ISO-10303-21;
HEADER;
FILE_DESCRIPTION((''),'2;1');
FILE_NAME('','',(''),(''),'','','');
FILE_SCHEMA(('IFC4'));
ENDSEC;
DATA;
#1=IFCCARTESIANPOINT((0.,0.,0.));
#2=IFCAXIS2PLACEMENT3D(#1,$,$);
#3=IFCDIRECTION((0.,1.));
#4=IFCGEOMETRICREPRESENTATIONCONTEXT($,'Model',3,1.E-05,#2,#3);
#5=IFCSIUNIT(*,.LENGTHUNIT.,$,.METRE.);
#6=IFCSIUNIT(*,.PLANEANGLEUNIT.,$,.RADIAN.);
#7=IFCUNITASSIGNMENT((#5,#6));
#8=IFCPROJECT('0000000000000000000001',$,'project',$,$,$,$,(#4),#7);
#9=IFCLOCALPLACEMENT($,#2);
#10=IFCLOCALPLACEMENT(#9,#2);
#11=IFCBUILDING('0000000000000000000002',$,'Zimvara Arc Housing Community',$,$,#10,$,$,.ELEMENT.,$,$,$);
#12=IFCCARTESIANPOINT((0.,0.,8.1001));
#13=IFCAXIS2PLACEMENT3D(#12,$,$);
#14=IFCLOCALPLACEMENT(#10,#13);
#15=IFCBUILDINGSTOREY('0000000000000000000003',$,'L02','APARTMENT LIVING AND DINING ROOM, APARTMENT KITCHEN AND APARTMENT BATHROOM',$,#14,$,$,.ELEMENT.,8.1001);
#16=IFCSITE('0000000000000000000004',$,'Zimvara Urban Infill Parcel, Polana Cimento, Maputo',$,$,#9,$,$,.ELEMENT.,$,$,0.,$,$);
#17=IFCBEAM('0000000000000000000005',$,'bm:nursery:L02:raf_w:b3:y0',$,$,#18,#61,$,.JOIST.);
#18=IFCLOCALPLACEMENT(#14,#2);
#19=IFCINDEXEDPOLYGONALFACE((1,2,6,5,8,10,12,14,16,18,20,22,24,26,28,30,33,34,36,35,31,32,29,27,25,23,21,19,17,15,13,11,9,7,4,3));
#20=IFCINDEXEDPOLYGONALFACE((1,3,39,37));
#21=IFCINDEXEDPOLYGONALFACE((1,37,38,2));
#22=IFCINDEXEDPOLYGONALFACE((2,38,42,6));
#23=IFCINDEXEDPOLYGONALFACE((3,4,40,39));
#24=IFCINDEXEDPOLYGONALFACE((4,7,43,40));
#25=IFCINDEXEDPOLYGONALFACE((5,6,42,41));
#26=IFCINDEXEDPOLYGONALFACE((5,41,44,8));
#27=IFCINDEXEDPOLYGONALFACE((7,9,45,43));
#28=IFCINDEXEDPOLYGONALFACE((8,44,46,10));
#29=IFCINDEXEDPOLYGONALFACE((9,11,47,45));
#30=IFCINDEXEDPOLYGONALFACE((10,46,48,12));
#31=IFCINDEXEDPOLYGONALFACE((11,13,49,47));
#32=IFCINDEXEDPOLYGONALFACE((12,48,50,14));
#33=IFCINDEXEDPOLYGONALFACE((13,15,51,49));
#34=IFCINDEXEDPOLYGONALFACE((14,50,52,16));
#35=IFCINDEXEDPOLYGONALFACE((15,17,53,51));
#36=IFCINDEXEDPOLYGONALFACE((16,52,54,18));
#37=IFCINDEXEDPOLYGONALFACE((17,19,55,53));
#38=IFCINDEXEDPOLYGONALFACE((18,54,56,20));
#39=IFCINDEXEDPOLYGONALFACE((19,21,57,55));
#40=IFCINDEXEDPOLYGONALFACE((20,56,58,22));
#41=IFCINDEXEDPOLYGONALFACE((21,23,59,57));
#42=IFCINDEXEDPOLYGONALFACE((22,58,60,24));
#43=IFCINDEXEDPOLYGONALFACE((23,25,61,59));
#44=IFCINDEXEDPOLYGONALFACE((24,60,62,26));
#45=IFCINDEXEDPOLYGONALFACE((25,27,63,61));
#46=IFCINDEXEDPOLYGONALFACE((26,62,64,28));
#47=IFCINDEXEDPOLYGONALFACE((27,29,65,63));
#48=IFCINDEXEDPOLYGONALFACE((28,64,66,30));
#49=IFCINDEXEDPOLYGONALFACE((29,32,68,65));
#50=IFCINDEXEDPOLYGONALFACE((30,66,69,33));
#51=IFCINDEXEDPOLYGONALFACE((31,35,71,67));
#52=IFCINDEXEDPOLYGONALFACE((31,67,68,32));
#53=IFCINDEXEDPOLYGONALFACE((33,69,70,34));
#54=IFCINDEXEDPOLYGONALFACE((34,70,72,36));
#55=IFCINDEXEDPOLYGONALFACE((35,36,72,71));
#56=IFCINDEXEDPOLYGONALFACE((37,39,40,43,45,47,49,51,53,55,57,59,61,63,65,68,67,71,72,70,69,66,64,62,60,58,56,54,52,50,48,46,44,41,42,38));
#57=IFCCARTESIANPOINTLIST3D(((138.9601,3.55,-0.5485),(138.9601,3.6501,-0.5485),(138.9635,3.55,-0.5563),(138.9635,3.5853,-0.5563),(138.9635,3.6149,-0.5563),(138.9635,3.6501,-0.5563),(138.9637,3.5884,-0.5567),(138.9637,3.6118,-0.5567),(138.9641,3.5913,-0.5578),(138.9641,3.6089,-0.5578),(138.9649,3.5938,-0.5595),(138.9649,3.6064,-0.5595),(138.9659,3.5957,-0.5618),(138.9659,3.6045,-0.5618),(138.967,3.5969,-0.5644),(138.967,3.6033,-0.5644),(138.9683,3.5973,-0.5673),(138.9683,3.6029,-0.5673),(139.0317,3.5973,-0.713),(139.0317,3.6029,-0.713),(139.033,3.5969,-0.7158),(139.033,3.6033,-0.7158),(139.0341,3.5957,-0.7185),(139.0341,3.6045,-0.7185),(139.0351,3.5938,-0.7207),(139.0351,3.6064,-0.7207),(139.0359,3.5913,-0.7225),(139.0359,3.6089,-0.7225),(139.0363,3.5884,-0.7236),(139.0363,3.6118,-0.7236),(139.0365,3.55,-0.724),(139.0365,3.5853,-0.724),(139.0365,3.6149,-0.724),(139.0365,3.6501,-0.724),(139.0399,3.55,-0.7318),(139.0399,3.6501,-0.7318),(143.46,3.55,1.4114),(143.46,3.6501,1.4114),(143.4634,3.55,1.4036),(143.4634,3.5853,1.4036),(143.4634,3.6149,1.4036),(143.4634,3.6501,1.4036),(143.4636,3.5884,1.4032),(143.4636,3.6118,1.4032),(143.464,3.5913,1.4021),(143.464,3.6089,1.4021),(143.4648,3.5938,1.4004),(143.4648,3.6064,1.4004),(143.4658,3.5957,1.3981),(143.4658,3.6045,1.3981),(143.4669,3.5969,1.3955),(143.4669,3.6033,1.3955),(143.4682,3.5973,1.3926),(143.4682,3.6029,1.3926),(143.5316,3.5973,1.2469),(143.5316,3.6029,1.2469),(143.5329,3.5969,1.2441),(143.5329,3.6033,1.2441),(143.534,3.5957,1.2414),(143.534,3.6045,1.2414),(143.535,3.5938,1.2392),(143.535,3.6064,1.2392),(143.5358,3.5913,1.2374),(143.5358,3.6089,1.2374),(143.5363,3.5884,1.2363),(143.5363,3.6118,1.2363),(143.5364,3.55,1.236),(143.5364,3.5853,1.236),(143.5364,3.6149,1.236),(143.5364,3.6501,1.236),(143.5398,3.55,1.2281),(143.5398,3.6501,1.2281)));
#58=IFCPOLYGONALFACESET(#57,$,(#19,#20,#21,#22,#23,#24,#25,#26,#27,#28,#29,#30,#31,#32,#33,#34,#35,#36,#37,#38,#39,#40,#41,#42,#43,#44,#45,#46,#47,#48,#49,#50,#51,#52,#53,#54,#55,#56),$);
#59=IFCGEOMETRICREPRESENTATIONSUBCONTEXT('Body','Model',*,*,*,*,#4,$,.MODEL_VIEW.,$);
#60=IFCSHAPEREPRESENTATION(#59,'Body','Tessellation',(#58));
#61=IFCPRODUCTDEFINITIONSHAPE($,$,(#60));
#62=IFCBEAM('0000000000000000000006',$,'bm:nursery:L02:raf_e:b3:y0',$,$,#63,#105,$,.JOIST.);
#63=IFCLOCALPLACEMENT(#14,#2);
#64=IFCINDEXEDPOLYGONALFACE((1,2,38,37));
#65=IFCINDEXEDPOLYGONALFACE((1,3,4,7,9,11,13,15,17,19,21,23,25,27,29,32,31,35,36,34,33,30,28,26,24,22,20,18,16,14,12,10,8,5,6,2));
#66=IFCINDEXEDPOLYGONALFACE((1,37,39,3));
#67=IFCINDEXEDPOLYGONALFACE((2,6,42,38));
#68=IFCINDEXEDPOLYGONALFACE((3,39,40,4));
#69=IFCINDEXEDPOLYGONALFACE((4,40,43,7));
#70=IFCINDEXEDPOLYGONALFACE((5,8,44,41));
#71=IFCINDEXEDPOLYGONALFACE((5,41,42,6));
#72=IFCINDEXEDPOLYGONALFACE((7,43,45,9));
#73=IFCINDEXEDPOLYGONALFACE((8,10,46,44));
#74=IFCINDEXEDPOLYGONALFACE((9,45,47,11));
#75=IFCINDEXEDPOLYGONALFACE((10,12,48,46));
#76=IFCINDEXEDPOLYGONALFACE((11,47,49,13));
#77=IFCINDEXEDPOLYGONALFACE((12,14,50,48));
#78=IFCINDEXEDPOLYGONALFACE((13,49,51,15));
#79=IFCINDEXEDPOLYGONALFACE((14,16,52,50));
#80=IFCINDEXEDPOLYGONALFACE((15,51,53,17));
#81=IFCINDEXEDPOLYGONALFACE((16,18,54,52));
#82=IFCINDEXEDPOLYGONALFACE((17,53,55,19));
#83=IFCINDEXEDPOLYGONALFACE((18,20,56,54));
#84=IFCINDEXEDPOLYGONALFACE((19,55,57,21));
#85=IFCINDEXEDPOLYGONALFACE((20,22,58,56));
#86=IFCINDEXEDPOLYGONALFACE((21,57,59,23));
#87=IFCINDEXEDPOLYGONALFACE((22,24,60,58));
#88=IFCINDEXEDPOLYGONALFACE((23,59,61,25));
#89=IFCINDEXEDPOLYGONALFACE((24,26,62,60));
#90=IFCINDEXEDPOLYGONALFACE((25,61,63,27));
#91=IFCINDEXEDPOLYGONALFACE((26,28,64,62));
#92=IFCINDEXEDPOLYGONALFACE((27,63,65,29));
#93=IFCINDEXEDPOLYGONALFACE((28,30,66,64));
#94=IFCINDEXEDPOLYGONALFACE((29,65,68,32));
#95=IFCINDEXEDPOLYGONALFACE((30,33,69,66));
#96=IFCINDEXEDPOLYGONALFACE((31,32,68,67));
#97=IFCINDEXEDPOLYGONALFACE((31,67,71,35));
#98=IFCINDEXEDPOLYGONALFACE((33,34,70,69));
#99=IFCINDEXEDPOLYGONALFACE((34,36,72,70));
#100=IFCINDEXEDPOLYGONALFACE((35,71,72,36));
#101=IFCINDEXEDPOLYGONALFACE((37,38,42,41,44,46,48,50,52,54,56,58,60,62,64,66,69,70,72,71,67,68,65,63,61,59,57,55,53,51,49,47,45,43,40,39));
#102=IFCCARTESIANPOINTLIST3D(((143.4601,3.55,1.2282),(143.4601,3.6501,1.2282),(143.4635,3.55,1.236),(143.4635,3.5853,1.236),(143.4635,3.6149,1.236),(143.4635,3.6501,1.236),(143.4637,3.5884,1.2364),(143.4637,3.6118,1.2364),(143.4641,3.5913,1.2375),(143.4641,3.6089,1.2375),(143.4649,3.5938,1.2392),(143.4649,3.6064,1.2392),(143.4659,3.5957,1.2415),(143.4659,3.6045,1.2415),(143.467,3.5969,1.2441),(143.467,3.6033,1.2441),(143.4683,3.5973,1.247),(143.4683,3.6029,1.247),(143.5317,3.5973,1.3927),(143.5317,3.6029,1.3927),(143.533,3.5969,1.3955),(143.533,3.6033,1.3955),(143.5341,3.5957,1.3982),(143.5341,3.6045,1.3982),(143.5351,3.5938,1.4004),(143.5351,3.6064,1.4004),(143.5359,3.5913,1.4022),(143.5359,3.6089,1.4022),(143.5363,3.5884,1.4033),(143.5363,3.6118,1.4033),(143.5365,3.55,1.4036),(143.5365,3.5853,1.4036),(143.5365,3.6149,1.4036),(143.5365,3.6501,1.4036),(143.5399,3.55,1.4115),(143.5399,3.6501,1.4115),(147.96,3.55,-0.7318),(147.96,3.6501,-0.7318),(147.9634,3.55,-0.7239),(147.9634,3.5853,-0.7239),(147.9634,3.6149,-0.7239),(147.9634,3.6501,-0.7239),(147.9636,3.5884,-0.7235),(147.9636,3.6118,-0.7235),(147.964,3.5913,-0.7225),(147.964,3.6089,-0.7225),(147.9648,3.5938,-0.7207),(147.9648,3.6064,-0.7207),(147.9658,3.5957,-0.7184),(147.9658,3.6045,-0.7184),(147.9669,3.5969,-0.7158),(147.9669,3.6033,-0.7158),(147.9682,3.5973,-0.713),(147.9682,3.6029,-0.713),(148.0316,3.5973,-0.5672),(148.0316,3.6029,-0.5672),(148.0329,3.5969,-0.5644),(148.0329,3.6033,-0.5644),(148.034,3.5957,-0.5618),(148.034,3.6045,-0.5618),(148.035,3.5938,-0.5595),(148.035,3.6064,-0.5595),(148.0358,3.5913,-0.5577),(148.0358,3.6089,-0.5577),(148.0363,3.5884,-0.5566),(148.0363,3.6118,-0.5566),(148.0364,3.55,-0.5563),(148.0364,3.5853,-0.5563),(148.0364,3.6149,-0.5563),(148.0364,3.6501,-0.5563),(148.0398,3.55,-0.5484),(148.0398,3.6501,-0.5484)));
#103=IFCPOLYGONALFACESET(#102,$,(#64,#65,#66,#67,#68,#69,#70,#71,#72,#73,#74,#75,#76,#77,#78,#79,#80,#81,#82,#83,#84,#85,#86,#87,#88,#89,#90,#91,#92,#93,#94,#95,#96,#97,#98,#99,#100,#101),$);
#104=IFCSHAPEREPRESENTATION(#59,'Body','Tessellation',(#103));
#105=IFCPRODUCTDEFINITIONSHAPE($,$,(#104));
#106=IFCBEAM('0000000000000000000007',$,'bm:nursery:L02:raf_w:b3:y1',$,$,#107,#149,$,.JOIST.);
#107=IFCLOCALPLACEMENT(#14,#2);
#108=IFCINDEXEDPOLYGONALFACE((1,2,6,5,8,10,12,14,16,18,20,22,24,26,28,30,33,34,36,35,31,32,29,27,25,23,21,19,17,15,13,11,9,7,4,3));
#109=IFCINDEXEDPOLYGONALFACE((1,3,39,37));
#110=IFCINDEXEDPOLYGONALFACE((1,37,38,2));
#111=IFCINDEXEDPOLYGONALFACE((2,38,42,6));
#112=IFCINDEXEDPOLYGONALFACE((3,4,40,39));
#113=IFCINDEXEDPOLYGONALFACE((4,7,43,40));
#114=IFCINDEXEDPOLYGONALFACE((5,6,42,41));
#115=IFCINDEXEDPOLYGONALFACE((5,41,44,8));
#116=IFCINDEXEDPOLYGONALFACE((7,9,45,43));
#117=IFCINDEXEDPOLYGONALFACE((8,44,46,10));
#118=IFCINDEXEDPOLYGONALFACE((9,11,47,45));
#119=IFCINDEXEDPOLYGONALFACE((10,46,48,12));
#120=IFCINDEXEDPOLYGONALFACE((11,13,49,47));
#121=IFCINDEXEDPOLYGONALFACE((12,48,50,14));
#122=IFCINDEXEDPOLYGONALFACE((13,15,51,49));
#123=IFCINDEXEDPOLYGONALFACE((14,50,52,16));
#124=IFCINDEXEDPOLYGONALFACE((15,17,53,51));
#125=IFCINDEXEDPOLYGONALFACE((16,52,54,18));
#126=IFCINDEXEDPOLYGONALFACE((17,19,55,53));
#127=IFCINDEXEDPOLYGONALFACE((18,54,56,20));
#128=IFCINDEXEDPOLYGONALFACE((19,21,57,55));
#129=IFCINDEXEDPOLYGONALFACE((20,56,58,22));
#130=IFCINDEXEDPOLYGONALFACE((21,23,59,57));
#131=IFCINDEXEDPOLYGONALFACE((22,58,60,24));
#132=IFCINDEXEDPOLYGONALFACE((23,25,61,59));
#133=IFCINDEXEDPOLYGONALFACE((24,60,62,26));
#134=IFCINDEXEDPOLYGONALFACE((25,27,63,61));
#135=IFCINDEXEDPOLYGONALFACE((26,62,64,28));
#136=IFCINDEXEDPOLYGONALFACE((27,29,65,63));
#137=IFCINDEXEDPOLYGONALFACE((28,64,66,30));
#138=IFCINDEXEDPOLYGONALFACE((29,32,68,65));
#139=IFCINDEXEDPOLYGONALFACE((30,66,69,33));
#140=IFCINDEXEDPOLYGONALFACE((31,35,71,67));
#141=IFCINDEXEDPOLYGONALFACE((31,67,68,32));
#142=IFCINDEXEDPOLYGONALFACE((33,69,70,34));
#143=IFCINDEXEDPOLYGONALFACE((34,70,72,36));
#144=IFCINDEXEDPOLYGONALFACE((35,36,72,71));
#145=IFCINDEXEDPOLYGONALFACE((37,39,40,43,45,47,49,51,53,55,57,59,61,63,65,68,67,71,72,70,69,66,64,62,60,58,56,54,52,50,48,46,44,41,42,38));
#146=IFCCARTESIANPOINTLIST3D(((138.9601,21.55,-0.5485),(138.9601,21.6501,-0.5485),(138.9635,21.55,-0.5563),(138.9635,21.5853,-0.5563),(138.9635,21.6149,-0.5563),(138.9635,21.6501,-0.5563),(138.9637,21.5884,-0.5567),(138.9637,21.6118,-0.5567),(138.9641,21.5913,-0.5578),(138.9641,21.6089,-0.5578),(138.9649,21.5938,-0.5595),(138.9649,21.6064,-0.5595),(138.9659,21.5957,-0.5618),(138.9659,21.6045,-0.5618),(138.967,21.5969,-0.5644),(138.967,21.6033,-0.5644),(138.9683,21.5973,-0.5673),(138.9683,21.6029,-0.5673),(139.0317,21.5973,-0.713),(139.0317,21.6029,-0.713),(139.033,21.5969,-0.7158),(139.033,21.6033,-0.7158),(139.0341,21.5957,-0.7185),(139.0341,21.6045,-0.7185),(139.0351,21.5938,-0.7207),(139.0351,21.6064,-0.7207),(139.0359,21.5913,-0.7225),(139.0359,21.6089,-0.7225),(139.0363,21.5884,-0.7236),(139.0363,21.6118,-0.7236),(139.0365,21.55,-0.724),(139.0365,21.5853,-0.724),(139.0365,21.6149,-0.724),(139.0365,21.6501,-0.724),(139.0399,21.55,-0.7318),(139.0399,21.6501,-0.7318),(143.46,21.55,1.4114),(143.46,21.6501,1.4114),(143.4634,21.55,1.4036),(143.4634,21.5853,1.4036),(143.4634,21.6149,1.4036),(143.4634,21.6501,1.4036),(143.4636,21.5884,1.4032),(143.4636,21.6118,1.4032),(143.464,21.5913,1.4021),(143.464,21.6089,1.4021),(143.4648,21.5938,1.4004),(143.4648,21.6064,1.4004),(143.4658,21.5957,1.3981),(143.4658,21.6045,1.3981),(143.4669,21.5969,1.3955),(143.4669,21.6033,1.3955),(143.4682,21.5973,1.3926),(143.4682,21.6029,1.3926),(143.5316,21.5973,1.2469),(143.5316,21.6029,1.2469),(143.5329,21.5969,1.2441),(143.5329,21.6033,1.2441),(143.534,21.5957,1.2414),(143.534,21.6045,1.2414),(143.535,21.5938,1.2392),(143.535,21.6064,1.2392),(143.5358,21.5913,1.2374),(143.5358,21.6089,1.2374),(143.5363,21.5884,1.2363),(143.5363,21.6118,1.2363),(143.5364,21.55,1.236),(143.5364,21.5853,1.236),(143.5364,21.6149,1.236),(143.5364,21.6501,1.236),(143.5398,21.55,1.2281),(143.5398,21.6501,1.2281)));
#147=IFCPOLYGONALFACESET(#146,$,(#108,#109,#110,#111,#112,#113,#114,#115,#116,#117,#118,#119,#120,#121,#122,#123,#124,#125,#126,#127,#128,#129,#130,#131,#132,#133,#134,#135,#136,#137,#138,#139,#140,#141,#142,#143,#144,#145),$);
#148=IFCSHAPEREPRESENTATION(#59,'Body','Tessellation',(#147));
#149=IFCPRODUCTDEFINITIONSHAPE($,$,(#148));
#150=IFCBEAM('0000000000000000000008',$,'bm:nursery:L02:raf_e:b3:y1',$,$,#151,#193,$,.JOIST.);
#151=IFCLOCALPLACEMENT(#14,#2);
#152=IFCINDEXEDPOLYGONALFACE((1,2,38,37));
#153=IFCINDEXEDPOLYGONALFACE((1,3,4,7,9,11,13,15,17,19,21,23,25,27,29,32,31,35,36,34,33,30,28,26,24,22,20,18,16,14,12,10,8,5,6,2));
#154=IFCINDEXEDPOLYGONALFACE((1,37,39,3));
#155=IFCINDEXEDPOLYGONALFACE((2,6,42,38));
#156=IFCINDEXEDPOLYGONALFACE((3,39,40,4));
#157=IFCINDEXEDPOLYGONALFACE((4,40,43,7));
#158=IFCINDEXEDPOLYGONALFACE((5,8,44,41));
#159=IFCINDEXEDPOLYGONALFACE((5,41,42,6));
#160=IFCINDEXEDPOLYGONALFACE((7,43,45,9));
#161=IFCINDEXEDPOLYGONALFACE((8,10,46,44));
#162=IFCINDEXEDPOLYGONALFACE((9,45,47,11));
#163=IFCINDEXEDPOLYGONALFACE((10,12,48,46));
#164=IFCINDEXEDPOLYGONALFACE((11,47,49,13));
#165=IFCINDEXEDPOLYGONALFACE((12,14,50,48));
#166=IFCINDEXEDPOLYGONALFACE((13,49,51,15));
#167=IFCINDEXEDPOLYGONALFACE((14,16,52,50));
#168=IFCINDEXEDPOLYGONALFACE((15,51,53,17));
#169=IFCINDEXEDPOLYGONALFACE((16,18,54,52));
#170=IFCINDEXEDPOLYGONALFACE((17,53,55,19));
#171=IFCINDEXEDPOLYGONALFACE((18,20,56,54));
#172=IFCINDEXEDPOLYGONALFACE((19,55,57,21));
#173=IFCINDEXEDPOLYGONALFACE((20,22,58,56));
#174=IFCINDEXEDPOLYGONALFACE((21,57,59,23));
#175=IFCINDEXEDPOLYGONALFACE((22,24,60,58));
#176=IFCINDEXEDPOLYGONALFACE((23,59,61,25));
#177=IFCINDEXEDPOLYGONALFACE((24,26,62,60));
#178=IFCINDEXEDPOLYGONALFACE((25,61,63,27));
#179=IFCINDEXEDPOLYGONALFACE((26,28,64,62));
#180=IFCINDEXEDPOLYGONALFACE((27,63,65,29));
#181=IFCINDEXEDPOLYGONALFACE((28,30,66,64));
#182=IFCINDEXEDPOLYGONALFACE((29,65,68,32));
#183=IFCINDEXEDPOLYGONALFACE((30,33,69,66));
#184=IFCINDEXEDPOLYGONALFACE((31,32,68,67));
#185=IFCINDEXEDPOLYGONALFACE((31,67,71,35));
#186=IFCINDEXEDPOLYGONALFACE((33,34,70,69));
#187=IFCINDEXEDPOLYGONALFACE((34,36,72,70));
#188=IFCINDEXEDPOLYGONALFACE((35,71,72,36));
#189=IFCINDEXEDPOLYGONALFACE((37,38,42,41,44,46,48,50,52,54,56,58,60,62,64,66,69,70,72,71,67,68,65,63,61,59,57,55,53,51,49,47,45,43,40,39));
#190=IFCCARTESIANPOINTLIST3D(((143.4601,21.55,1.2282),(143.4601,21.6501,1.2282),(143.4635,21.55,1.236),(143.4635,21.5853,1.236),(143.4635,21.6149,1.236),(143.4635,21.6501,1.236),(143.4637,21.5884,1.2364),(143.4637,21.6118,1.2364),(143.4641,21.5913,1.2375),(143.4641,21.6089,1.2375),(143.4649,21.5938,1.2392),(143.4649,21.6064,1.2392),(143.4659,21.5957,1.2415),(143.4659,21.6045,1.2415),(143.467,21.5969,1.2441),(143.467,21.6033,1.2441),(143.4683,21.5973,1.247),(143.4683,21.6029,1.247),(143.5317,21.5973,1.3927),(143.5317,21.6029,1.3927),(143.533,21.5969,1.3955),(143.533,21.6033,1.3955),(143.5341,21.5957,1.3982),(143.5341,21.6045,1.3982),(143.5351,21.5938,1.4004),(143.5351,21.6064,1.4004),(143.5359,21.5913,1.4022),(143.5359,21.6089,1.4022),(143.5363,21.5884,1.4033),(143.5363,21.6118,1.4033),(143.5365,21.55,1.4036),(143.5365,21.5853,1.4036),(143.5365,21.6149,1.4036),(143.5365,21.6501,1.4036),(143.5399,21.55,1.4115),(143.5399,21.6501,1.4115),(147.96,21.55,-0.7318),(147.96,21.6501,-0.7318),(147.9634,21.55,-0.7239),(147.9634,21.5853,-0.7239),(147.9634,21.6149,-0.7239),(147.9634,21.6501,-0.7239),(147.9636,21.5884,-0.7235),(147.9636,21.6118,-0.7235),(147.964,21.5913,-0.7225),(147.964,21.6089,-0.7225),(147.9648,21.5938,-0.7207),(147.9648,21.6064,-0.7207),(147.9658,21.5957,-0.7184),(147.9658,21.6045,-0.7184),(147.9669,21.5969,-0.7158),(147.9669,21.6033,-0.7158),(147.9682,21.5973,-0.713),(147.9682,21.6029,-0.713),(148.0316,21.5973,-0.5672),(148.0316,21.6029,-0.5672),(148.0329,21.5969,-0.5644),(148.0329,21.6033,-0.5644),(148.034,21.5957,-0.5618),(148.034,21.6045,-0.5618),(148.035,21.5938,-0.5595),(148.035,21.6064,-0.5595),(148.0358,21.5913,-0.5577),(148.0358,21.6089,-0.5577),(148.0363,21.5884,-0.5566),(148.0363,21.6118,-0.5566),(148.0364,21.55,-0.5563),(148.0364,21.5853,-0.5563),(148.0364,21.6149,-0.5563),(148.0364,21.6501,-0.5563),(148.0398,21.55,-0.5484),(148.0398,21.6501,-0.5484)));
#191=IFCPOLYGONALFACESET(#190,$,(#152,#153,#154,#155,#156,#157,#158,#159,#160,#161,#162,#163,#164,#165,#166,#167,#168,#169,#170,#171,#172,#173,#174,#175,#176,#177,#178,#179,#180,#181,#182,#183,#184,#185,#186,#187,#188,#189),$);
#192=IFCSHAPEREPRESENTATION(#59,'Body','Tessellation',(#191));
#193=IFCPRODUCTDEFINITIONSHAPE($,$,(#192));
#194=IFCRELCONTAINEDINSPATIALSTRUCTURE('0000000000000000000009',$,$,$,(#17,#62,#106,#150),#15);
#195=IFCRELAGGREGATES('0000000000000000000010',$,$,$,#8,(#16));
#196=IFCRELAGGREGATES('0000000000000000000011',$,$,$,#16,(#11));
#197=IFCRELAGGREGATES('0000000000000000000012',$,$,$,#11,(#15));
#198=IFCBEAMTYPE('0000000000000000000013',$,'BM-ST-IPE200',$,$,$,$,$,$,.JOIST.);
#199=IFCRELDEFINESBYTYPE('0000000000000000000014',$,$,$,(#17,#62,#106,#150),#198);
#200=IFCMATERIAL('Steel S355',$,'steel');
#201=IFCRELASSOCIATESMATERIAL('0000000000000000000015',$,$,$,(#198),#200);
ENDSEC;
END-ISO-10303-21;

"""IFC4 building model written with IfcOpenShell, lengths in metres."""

from ifc_helpers import new_model, si_unit, direction, frame, origin, origin_2d, place, context, subcontext, project, spatial, i_section, extrude, material, material_profile, profile_set, type_object, element, save


model = new_model("IFC4")

# Units and contexts
model_context = context("Model", 3, precision=1e-05, world=origin(), true_north=direction((0.0, 1.0)))
body_context = subcontext(model_context, "Body", "Model", "MODEL_VIEW")
ifc_project = project(units=[si_unit("LENGTHUNIT", "METRE"), si_unit("PLANEANGLEUNIT", "RADIAN")], contexts=[model_context])

# Site, building, storey
site_placement = place(None, origin())
site = spatial("IfcSite", under=ifc_project, at=site_placement, Name="Zimvara Urban Infill Parcel, Polana Cimento, Maputo", CompositionType="ELEMENT", RefElevation=0.0)
building_placement = place(site_placement, origin())
building = spatial("IfcBuilding", under=site, at=building_placement, Name="Zimvara Arc Housing Community", CompositionType="ELEMENT")
storey_placement = place(building_placement, frame((0.0, 0.0, 8.1001)))
storey = spatial("IfcBuildingStorey", under=building, at=storey_placement, Name="L02", Description="APARTMENT LIVING AND DINING ROOM, APARTMENT KITCHEN AND APARTMENT BATHROOM", CompositionType="ELEMENT", Elevation=8.1001)

# Beams
ifc_material_1 = material(Name="Steel S355", Category="steel")
ifc_material_profile_1 = material_profile(ifc_material_1, i_section(OverallWidth=0.1001, OverallDepth=0.2, WebThickness=0.0056, FlangeThickness=0.0085, FilletRadius=0.012, at=origin_2d()), Name="IPE 200")
ifc_profile_set_1 = profile_set([ifc_material_profile_1], Name="Steel S355")
beam_type_1 = type_object("IfcBeamType", Name="BM-ST-IPE200", PredefinedType="JOIST", material=ifc_profile_set_1)
for number, where, z_axis, x_axis, name in (
    (1, (139.0, 3.6001, -0.6401), (0.916814, 0.0, 0.399315), (0.0, 1.0, 0.0), "bm:nursery:L02:raf_w:b3:y0"),
    (2, (143.5, 3.6001, 1.3198), (0.916814, 0.0, -0.399315), (0.0, 1.0, 0.0), "bm:nursery:L02:raf_e:b3:y0"),
    (3, (139.0, 21.6001, -0.6401), (0.916814, 0.0, 0.399315), (0.0, 1.0, 0.0), "bm:nursery:L02:raf_w:b3:y1"),
    (4, (143.5, 21.6001, 1.3198), (0.916814, 0.0, -0.399315), (0.0, 1.0, 0.0), "bm:nursery:L02:raf_e:b3:y1"),
):
    element("IfcBeam", number, at=place(storey_placement, frame(where, z_axis=z_axis, x_axis=x_axis)), inside=storey, type_object=beam_type_1, Name=name, PredefinedType="JOIST", context=body_context, shape_type="SweptSolid", body=[
        extrude(i_section(OverallWidth=0.1001, OverallDepth=0.2, WebThickness=0.0056, FlangeThickness=0.0085, FilletRadius=0.012, at=origin_2d()), origin(), (0.0, 0.0, 1.0), 4.9082),
    ])

save(model, "model.ifc")
